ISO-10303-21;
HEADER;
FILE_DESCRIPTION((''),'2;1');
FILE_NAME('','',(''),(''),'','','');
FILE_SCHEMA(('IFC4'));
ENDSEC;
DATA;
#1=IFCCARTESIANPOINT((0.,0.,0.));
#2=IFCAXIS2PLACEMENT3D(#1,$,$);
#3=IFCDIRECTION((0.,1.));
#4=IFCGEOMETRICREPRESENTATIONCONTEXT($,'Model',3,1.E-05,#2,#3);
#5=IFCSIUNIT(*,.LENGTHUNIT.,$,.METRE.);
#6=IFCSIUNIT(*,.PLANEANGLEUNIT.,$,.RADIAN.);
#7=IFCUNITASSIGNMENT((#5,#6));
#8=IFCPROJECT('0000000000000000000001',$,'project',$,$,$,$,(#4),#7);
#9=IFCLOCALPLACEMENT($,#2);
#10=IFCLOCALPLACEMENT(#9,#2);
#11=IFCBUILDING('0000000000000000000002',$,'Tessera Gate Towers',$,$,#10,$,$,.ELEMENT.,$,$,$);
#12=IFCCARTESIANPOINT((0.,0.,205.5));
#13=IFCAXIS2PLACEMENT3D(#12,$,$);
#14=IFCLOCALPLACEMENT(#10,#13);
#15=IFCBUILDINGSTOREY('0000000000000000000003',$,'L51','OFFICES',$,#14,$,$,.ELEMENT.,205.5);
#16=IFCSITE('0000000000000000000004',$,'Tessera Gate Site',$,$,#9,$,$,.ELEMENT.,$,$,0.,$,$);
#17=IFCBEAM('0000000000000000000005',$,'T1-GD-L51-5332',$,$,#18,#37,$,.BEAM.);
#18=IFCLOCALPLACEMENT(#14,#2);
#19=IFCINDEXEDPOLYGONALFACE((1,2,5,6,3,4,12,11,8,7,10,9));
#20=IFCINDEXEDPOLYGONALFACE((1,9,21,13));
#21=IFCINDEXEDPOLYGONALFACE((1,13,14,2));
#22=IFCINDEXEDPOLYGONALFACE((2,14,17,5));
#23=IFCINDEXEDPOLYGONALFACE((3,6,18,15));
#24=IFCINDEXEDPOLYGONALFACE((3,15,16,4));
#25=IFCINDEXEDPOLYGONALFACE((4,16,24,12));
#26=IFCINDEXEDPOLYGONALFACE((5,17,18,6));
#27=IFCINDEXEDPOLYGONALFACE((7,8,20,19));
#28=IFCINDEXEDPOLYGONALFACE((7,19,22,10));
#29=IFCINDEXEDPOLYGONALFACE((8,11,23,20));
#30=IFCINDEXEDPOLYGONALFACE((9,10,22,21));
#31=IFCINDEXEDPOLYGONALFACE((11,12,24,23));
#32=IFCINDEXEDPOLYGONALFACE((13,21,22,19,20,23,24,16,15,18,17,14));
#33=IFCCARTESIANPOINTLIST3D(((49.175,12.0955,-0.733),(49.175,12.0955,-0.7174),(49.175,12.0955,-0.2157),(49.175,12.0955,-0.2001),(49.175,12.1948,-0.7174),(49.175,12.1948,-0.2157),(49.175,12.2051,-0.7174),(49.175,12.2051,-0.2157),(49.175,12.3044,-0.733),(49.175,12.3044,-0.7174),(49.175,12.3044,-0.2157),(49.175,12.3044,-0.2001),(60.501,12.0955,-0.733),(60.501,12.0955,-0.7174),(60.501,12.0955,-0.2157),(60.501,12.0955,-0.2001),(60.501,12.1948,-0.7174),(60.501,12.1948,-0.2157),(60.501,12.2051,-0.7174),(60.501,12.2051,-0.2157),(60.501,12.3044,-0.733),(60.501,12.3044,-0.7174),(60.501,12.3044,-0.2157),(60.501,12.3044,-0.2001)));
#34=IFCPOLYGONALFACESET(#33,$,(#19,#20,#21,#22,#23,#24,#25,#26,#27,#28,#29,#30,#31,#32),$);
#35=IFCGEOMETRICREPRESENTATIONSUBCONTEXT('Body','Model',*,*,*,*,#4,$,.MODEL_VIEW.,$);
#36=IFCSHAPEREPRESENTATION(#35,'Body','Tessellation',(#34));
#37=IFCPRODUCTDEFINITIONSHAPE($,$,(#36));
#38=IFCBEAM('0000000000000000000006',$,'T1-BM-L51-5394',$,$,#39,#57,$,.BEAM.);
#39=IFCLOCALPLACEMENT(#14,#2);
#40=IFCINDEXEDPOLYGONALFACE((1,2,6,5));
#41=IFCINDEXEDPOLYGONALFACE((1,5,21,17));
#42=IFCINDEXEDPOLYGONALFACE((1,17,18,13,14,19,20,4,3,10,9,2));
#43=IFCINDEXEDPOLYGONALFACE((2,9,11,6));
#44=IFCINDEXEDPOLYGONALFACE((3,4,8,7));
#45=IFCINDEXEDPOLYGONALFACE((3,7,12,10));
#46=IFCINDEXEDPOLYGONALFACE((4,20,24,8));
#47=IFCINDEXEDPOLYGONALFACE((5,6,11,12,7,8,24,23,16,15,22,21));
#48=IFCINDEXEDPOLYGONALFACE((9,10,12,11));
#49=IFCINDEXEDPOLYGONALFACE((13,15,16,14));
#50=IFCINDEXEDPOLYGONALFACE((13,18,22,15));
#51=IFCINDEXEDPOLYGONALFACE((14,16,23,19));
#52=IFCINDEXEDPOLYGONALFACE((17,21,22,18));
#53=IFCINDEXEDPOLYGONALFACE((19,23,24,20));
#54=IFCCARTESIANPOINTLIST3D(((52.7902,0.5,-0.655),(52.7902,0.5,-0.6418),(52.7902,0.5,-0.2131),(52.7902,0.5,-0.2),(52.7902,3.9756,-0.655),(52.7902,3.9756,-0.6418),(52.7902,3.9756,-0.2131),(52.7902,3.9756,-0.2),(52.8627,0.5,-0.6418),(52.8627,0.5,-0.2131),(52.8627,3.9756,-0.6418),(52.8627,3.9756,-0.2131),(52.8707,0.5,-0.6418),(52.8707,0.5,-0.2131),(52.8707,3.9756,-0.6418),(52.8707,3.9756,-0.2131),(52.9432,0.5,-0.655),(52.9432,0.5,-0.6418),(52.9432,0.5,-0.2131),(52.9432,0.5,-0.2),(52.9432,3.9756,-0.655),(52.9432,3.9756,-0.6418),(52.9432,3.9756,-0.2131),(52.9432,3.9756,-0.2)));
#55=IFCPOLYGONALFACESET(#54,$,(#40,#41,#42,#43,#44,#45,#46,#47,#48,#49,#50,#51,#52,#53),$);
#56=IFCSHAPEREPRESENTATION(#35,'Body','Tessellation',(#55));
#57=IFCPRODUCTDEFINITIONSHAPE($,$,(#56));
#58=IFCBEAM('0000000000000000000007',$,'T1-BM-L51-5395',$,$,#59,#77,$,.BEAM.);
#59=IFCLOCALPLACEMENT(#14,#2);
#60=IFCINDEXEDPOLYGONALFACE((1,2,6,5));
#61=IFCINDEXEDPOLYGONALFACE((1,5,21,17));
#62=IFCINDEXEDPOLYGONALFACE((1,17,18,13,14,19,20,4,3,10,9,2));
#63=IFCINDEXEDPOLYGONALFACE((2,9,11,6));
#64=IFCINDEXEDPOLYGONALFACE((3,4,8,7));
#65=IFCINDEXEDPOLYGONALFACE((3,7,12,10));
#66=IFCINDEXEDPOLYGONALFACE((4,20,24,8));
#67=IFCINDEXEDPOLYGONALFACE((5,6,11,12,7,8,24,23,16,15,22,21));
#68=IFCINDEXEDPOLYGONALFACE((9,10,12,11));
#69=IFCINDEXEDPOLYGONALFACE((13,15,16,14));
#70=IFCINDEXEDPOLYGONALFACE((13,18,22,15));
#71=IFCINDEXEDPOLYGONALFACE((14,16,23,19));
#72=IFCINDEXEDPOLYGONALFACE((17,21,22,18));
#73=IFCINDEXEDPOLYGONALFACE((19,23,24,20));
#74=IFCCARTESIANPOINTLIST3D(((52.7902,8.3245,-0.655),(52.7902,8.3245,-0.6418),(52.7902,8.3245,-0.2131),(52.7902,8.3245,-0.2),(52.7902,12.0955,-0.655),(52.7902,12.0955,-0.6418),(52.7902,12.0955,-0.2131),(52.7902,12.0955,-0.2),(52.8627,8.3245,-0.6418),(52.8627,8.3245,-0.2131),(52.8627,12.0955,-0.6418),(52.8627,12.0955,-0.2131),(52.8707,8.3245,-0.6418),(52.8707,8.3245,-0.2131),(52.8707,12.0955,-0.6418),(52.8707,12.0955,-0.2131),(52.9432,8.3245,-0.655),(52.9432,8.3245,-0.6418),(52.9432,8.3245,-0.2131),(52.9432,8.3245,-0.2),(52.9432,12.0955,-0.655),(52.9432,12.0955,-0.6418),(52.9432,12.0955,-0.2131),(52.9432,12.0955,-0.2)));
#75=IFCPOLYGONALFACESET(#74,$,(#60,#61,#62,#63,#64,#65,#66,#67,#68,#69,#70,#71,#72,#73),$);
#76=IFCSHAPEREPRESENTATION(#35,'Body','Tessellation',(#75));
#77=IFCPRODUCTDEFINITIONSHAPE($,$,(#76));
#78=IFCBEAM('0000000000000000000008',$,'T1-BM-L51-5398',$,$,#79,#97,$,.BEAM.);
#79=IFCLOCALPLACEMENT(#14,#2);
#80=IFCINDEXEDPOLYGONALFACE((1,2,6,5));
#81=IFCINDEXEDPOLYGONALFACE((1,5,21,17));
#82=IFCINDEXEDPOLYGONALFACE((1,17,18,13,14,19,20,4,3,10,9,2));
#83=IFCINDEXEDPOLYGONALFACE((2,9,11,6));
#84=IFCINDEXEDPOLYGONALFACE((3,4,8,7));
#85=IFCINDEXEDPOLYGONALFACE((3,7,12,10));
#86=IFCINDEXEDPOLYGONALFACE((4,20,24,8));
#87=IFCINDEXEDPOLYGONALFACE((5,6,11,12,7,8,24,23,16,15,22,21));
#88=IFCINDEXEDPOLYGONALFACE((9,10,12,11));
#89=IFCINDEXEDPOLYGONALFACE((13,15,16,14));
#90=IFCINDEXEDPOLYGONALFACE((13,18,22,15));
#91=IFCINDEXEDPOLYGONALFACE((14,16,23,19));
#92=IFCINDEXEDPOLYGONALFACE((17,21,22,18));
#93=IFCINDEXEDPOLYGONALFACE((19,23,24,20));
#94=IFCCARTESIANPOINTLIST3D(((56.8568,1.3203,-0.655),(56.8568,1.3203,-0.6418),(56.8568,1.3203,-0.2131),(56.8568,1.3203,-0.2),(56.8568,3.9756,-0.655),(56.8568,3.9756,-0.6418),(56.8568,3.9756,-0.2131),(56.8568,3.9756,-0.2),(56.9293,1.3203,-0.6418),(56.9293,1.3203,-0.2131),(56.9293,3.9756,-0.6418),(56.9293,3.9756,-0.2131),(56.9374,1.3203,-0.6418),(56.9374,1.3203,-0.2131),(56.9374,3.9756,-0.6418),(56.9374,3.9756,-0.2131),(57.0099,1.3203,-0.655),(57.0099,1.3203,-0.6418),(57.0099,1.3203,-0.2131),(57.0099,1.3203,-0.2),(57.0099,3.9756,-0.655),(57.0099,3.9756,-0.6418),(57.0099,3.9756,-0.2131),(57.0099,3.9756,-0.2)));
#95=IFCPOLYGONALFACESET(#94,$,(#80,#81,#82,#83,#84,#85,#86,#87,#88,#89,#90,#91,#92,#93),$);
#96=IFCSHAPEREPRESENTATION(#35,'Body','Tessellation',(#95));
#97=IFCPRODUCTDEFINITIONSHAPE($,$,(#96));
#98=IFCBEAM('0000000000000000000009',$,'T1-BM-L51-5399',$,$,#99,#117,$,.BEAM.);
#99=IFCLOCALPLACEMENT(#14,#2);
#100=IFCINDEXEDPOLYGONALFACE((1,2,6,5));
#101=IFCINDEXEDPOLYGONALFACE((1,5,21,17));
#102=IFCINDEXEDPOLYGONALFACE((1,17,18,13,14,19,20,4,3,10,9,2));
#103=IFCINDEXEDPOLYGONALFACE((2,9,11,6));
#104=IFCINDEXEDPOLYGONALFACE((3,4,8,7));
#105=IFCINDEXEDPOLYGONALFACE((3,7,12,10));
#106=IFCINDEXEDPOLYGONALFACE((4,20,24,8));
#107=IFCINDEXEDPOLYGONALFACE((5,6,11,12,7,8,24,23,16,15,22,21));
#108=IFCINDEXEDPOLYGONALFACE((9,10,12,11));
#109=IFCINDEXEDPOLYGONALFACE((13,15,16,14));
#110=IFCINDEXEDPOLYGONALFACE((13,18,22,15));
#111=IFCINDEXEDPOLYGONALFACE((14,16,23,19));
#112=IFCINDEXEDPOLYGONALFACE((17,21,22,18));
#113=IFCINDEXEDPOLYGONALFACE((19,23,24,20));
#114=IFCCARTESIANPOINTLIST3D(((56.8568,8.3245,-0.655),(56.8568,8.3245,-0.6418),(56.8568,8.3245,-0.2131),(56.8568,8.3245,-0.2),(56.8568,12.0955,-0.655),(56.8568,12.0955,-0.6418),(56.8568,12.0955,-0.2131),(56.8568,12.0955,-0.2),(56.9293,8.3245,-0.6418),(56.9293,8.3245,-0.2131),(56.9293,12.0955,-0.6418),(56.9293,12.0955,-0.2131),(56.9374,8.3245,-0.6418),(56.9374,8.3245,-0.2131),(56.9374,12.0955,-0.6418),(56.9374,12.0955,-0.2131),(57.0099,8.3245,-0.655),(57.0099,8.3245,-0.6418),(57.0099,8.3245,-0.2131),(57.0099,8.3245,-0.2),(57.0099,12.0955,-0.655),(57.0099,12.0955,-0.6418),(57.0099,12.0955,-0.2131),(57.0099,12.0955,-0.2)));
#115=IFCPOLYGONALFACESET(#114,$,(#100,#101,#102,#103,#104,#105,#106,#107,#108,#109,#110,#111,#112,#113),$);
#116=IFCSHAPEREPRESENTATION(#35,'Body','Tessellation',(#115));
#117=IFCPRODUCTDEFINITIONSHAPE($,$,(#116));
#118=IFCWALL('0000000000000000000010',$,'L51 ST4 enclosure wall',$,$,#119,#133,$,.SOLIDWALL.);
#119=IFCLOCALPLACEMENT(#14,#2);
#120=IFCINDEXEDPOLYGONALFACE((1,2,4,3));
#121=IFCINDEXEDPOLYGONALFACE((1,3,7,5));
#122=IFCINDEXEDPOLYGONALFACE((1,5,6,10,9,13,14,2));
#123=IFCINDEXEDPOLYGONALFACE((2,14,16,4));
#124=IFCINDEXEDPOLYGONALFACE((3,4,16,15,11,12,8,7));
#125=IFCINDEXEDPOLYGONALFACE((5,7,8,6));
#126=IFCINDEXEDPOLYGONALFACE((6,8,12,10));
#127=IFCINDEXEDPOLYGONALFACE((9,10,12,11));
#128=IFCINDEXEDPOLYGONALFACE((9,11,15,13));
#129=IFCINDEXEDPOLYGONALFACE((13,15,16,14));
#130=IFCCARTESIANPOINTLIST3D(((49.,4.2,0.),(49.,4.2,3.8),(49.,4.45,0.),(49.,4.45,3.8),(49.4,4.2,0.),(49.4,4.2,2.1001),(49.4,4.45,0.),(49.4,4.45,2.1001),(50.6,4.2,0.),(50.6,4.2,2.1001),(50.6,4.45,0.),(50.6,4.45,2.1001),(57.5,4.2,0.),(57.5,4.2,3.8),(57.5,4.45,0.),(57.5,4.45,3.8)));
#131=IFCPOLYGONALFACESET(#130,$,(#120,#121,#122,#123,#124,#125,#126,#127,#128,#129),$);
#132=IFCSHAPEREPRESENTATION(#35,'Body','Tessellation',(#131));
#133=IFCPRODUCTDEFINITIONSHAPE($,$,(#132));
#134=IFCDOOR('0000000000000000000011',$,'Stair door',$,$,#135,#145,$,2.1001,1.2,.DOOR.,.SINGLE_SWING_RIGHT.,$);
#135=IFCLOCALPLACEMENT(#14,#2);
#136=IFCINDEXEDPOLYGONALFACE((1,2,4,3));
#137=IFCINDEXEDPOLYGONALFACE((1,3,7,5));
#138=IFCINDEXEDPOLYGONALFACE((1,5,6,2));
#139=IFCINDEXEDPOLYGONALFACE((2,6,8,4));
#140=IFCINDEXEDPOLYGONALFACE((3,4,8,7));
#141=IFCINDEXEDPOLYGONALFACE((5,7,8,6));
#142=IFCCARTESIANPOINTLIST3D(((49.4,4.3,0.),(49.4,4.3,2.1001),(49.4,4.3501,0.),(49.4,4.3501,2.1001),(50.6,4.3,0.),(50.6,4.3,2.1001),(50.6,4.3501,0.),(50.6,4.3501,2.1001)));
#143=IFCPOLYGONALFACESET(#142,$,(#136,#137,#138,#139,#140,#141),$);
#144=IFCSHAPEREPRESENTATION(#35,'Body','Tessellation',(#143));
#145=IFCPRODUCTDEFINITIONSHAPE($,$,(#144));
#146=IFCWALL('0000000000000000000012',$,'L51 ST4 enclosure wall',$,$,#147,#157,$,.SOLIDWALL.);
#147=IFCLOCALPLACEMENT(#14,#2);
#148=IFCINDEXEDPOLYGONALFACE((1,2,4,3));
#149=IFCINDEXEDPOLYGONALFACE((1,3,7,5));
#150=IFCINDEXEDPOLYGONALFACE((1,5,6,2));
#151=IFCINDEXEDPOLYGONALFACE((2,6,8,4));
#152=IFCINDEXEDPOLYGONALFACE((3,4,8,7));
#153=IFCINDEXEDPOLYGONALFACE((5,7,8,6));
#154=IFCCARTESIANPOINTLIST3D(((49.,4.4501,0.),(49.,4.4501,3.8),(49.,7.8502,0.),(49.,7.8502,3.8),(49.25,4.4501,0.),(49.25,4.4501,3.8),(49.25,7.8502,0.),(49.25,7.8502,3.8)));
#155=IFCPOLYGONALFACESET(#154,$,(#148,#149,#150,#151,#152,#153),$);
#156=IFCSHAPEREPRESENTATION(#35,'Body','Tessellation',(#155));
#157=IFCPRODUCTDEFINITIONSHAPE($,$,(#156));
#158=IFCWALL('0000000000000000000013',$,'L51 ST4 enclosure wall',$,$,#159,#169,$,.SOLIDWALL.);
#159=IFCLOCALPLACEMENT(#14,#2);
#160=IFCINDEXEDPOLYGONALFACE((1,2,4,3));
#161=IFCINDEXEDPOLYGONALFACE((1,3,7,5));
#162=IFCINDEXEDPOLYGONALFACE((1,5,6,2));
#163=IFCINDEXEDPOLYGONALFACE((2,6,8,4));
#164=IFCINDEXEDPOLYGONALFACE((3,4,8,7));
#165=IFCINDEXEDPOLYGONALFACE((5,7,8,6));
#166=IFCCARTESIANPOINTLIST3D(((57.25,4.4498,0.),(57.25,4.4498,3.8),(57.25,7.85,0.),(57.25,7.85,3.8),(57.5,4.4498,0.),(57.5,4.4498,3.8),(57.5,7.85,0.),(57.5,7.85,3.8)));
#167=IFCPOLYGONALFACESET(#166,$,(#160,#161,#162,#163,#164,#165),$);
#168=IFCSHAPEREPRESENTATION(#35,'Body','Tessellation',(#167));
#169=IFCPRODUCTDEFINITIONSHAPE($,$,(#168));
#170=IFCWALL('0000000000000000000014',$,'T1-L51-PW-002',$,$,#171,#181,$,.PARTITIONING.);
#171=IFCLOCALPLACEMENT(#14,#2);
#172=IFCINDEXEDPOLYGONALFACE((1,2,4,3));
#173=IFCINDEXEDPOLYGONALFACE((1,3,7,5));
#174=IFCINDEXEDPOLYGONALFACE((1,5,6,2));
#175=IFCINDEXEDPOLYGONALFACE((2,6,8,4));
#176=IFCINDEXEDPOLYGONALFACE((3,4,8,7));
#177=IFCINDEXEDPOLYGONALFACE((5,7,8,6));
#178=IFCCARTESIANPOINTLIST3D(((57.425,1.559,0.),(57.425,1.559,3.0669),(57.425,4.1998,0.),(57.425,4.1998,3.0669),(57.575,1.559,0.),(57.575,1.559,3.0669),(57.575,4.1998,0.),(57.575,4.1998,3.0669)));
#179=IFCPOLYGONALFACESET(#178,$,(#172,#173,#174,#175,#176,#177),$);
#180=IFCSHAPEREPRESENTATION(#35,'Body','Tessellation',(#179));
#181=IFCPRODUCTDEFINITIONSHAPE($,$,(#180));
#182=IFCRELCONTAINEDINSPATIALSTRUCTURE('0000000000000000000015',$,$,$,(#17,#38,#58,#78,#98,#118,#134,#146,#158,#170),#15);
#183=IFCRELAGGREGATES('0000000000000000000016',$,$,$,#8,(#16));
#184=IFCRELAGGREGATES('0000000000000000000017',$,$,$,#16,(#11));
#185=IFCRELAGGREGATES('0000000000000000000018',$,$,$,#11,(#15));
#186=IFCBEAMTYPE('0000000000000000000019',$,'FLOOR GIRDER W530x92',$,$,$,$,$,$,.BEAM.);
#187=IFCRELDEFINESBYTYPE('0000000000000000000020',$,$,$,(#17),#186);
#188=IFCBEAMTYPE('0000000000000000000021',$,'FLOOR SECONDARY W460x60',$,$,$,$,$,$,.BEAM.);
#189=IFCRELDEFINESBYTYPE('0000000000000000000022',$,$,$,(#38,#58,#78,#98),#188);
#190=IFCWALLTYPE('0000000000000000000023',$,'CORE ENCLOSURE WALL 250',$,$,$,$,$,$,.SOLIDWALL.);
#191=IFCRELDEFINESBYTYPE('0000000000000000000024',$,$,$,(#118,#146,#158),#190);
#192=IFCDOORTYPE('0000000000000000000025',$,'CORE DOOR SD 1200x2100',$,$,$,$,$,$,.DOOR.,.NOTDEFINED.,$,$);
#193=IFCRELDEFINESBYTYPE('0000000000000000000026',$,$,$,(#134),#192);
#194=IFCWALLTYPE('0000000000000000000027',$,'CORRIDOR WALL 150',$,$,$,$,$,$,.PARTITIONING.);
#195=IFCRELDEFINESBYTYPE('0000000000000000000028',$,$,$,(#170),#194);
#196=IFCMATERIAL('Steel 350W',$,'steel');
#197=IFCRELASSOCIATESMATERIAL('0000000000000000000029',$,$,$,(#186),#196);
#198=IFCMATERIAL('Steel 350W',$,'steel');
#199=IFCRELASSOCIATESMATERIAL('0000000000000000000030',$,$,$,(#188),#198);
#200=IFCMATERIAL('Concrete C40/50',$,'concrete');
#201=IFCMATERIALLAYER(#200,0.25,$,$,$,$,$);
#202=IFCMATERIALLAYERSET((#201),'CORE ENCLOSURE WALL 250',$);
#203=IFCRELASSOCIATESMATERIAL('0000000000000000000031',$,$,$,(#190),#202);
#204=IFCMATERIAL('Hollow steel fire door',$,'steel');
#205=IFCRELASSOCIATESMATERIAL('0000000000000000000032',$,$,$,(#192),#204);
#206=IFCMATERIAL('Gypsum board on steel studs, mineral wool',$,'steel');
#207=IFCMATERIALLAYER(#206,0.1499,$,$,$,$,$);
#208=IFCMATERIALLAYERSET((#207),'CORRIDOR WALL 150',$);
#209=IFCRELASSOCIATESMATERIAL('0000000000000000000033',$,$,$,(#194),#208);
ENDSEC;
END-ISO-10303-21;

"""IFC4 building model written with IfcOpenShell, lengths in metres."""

from ifc_helpers import new_model, si_unit, direction, frame, frame_2d, origin, origin_2d, place, context, subcontext, project, spatial, rectangle, i_section, extrude, source, transform, mapped, material, layer, layer_set, material_profile, profile_set, type_object, element, fill, save


model = new_model("IFC4")

# Units and contexts
model_context = context("Model", 3, precision=1e-05, world=origin(), true_north=direction((0.0, 1.0)))
body_context = subcontext(model_context, "Body", "Model", "MODEL_VIEW")
ifc_project = project(units=[si_unit("LENGTHUNIT", "METRE"), si_unit("PLANEANGLEUNIT", "RADIAN")], contexts=[model_context])

# Site, building, storey
site_placement = place(None, origin())
site = spatial("IfcSite", under=ifc_project, at=site_placement, Name="Tessera Gate Site", CompositionType="ELEMENT", RefElevation=0.0)
building_placement = place(site_placement, origin())
building = spatial("IfcBuilding", under=site, at=building_placement, Name="Tessera Gate Towers", CompositionType="ELEMENT")
storey_placement = place(building_placement, frame((0.0, 0.0, 205.5)))
storey = spatial("IfcBuildingStorey", under=building, at=storey_placement, Name="L51", Description="OFFICES", CompositionType="ELEMENT", Elevation=205.5)

# Beams
ifc_material_1 = material(Name="Steel 350W", Category="steel")
ifc_material_profile_1 = material_profile(ifc_material_1, i_section(OverallWidth=0.209, OverallDepth=0.533, WebThickness=0.0103, FlangeThickness=0.0156, at=origin_2d()), Name="W530x92")
ifc_profile_set_1 = profile_set([ifc_material_profile_1], Name="Steel 350W")
beam_type_1 = type_object("IfcBeamType", Name="FLOOR GIRDER W530x92", PredefinedType="BEAM", material=ifc_profile_set_1)
beam_1_placement = place(storey_placement, frame((49.175, 12.2, -0.4666), z_axis=(1.0, 0.0, 0.0), x_axis=(0.0, 1.0, 0.0)))
element("IfcBeam", 1, at=beam_1_placement, inside=storey, type_object=beam_type_1, Name="T1-GD-L51-5332", PredefinedType="BEAM", context=body_context, shape_type="SweptSolid", body=[
    extrude(i_section(OverallWidth=0.209, OverallDepth=0.533, WebThickness=0.0103, FlangeThickness=0.0156, at=origin_2d()), origin(), (0.0, 0.0, 1.0), 11.3259),
])
ifc_material_2 = material(Name="Steel 350W", Category="steel")
ifc_material_profile_2 = material_profile(ifc_material_2, i_section(OverallWidth=0.1531, OverallDepth=0.4551, WebThickness=0.0081, FlangeThickness=0.0132, at=origin_2d()), Name="W460x60")
ifc_profile_set_2 = profile_set([ifc_material_profile_2], Name="Steel 350W")
beam_type_2 = type_object("IfcBeamType", Name="FLOOR SECONDARY W460x60", PredefinedType="BEAM", material=ifc_profile_set_2)
beam_2_placement = place(storey_placement, frame((52.8667, 0.5, -0.4275), z_axis=(0.0, 1.0, 0.0), x_axis=(-1.0, 0.0, 0.0)))
element("IfcBeam", 2, at=beam_2_placement, inside=storey, type_object=beam_type_2, Name="T1-BM-L51-5394", PredefinedType="BEAM", context=body_context, shape_type="SweptSolid", body=[
    extrude(i_section(OverallWidth=0.1531, OverallDepth=0.4551, WebThickness=0.0081, FlangeThickness=0.0132, at=origin_2d()), origin(), (0.0, 0.0, 1.0), 3.4756),
])
beam_3_placement = place(storey_placement, frame((52.8667, 8.3245, -0.4275), z_axis=(0.0, 1.0, 0.0), x_axis=(-1.0, 0.0, 0.0)))
element("IfcBeam", 3, at=beam_3_placement, inside=storey, type_object=beam_type_2, Name="T1-BM-L51-5395", PredefinedType="BEAM", context=body_context, shape_type="SweptSolid", body=[
    extrude(i_section(OverallWidth=0.1531, OverallDepth=0.4551, WebThickness=0.0081, FlangeThickness=0.0132, at=origin_2d()), origin(), (0.0, 0.0, 1.0), 3.771),
])
beam_4_placement = place(storey_placement, frame((56.9333, 1.3203, -0.4275), z_axis=(0.0, 1.0, 0.0), x_axis=(-1.0, 0.0, 0.0)))
element("IfcBeam", 4, at=beam_4_placement, inside=storey, type_object=beam_type_2, Name="T1-BM-L51-5398", PredefinedType="BEAM", context=body_context, shape_type="SweptSolid", body=[
    extrude(i_section(OverallWidth=0.1531, OverallDepth=0.4551, WebThickness=0.0081, FlangeThickness=0.0132, at=origin_2d()), origin(), (0.0, 0.0, 1.0), 2.6553),
])
beam_5_placement = place(storey_placement, frame((56.9333, 8.3245, -0.4275), z_axis=(0.0, 1.0, 0.0), x_axis=(-1.0, 0.0, 0.0)))
element("IfcBeam", 5, at=beam_5_placement, inside=storey, type_object=beam_type_2, Name="T1-BM-L51-5399", PredefinedType="BEAM", context=body_context, shape_type="SweptSolid", body=[
    extrude(i_section(OverallWidth=0.1531, OverallDepth=0.4551, WebThickness=0.0081, FlangeThickness=0.0132, at=origin_2d()), origin(), (0.0, 0.0, 1.0), 3.771),
])

# Wall, opening, door
ifc_material_3 = material(Name="Concrete C40/50", Category="concrete")
ifc_layer_1 = layer(ifc_material_3, 0.25)
ifc_layer_set_1 = layer_set([ifc_layer_1], Name="CORE ENCLOSURE WALL 250")
wall_type_1 = type_object("IfcWallType", Name="CORE ENCLOSURE WALL 250", PredefinedType="SOLIDWALL", material=ifc_layer_set_1)
wall_1_placement = place(storey_placement, frame((57.5, 4.325, 0.0), z_axis=(0.0, 0.0, 1.0), x_axis=(-1.0, 0.0, 0.0)))
wall_1 = element("IfcWall", 6, at=wall_1_placement, inside=storey, type_object=wall_type_1, Name="L51 ST4 enclosure wall", PredefinedType="SOLIDWALL", context=body_context, shape_type="SweptSolid", body=[
    extrude(rectangle(XDim=8.5, YDim=0.25, at=frame_2d((4.25, 0.0))), origin(), (0.0, 0.0, 1.0), 3.8),
])
shared_shape_1 = source(origin(), body_context, "Body", "SweptSolid", [
    extrude(rectangle(XDim=1.2, YDim=2.1001, at=frame_2d((0.6001, 1.05))), frame((0.0, 0.135, 0.0), z_axis=(0.0, -1.0, 0.0), x_axis=(1.0, 0.0, 0.0)), (0.0, 0.0, 1.0), 0.27),
])
opening_1_placement = place(wall_1_placement, frame((6.8999, 0.0, 0.0)))
opening_1 = element("IfcOpeningElement", 7, at=opening_1_placement, cuts=wall_1, PredefinedType="OPENING", context=body_context, shape_type="MappedRepresentation", body=[
    mapped(shared_shape_1, transform((0.0, 0.0, 0.0), scale=1.0)),
])
ifc_material_4 = material(Name="Hollow steel fire door", Category="steel")
door_type = type_object("IfcDoorType", Name="CORE DOOR SD 1200x2100", OperationType="NOTDEFINED", PredefinedType="DOOR", material=ifc_material_4)
shared_shape_2 = source(origin(), body_context, "Body", "SweptSolid", [
    extrude(rectangle(XDim=1.2, YDim=2.1001, at=frame_2d((0.6001, 1.05))), frame((0.0, 0.0249, 0.0), z_axis=(0.0, -1.0, 0.0), x_axis=(1.0, 0.0, 0.0)), (0.0, 0.0, 1.0), 0.05),
])
door_placement = place(opening_1_placement, origin())
door = element("IfcDoor", 8, at=door_placement, inside=storey, type_object=door_type, Name="Stair door", OperationType="SINGLE_SWING_RIGHT", OverallHeight=2.1001, OverallWidth=1.2, PredefinedType="DOOR", context=body_context, shape_type="MappedRepresentation", body=[
    mapped(shared_shape_2, transform((0.0, 0.0, 0.0), scale=1.0)),
])
fill(opening_1, door)

# Walls
for number, where, z_axis, x_axis, name in (
    (9, (49.125, 4.45, 0.0), (0.0, 0.0, 1.0), (0.0, 1.0, 0.0), "L51 ST4 enclosure wall"),
    (10, (57.375, 7.8501, 0.0), (0.0, 0.0, 1.0), (0.0, -1.0, 0.0), "L51 ST4 enclosure wall"),
):
    element("IfcWall", number, at=place(storey_placement, frame(where, z_axis=z_axis, x_axis=x_axis)), inside=storey, type_object=wall_type_1, Name=name, PredefinedType="SOLIDWALL", context=body_context, shape_type="SweptSolid", body=[
        extrude(rectangle(XDim=3.4001, YDim=0.25, at=frame_2d((1.7002, 0.0))), origin(), (0.0, 0.0, 1.0), 3.8),
    ])
ifc_material_5 = material(Name="Gypsum board on steel studs, mineral wool", Category="steel")
ifc_layer_2 = layer(ifc_material_5, 0.1499)
ifc_layer_set_2 = layer_set([ifc_layer_2], Name="CORRIDOR WALL 150")
wall_type_2 = type_object("IfcWallType", Name="CORRIDOR WALL 150", PredefinedType="PARTITIONING", material=ifc_layer_set_2)
wall_2_placement = place(storey_placement, frame((57.5, 1.5591, 0.0), z_axis=(0.0, 0.0, 1.0), x_axis=(0.0, 1.0, 0.0)))
element("IfcWall", 11, at=wall_2_placement, inside=storey, type_object=wall_type_2, Name="T1-L51-PW-002", PredefinedType="PARTITIONING", context=body_context, shape_type="SweptSolid", body=[
    extrude(rectangle(XDim=2.6409, YDim=0.1499, at=frame_2d((1.3203, 0.0))), origin(), (0.0, 0.0, 1.0), 3.0669),
])

save(model, "model.ifc")
